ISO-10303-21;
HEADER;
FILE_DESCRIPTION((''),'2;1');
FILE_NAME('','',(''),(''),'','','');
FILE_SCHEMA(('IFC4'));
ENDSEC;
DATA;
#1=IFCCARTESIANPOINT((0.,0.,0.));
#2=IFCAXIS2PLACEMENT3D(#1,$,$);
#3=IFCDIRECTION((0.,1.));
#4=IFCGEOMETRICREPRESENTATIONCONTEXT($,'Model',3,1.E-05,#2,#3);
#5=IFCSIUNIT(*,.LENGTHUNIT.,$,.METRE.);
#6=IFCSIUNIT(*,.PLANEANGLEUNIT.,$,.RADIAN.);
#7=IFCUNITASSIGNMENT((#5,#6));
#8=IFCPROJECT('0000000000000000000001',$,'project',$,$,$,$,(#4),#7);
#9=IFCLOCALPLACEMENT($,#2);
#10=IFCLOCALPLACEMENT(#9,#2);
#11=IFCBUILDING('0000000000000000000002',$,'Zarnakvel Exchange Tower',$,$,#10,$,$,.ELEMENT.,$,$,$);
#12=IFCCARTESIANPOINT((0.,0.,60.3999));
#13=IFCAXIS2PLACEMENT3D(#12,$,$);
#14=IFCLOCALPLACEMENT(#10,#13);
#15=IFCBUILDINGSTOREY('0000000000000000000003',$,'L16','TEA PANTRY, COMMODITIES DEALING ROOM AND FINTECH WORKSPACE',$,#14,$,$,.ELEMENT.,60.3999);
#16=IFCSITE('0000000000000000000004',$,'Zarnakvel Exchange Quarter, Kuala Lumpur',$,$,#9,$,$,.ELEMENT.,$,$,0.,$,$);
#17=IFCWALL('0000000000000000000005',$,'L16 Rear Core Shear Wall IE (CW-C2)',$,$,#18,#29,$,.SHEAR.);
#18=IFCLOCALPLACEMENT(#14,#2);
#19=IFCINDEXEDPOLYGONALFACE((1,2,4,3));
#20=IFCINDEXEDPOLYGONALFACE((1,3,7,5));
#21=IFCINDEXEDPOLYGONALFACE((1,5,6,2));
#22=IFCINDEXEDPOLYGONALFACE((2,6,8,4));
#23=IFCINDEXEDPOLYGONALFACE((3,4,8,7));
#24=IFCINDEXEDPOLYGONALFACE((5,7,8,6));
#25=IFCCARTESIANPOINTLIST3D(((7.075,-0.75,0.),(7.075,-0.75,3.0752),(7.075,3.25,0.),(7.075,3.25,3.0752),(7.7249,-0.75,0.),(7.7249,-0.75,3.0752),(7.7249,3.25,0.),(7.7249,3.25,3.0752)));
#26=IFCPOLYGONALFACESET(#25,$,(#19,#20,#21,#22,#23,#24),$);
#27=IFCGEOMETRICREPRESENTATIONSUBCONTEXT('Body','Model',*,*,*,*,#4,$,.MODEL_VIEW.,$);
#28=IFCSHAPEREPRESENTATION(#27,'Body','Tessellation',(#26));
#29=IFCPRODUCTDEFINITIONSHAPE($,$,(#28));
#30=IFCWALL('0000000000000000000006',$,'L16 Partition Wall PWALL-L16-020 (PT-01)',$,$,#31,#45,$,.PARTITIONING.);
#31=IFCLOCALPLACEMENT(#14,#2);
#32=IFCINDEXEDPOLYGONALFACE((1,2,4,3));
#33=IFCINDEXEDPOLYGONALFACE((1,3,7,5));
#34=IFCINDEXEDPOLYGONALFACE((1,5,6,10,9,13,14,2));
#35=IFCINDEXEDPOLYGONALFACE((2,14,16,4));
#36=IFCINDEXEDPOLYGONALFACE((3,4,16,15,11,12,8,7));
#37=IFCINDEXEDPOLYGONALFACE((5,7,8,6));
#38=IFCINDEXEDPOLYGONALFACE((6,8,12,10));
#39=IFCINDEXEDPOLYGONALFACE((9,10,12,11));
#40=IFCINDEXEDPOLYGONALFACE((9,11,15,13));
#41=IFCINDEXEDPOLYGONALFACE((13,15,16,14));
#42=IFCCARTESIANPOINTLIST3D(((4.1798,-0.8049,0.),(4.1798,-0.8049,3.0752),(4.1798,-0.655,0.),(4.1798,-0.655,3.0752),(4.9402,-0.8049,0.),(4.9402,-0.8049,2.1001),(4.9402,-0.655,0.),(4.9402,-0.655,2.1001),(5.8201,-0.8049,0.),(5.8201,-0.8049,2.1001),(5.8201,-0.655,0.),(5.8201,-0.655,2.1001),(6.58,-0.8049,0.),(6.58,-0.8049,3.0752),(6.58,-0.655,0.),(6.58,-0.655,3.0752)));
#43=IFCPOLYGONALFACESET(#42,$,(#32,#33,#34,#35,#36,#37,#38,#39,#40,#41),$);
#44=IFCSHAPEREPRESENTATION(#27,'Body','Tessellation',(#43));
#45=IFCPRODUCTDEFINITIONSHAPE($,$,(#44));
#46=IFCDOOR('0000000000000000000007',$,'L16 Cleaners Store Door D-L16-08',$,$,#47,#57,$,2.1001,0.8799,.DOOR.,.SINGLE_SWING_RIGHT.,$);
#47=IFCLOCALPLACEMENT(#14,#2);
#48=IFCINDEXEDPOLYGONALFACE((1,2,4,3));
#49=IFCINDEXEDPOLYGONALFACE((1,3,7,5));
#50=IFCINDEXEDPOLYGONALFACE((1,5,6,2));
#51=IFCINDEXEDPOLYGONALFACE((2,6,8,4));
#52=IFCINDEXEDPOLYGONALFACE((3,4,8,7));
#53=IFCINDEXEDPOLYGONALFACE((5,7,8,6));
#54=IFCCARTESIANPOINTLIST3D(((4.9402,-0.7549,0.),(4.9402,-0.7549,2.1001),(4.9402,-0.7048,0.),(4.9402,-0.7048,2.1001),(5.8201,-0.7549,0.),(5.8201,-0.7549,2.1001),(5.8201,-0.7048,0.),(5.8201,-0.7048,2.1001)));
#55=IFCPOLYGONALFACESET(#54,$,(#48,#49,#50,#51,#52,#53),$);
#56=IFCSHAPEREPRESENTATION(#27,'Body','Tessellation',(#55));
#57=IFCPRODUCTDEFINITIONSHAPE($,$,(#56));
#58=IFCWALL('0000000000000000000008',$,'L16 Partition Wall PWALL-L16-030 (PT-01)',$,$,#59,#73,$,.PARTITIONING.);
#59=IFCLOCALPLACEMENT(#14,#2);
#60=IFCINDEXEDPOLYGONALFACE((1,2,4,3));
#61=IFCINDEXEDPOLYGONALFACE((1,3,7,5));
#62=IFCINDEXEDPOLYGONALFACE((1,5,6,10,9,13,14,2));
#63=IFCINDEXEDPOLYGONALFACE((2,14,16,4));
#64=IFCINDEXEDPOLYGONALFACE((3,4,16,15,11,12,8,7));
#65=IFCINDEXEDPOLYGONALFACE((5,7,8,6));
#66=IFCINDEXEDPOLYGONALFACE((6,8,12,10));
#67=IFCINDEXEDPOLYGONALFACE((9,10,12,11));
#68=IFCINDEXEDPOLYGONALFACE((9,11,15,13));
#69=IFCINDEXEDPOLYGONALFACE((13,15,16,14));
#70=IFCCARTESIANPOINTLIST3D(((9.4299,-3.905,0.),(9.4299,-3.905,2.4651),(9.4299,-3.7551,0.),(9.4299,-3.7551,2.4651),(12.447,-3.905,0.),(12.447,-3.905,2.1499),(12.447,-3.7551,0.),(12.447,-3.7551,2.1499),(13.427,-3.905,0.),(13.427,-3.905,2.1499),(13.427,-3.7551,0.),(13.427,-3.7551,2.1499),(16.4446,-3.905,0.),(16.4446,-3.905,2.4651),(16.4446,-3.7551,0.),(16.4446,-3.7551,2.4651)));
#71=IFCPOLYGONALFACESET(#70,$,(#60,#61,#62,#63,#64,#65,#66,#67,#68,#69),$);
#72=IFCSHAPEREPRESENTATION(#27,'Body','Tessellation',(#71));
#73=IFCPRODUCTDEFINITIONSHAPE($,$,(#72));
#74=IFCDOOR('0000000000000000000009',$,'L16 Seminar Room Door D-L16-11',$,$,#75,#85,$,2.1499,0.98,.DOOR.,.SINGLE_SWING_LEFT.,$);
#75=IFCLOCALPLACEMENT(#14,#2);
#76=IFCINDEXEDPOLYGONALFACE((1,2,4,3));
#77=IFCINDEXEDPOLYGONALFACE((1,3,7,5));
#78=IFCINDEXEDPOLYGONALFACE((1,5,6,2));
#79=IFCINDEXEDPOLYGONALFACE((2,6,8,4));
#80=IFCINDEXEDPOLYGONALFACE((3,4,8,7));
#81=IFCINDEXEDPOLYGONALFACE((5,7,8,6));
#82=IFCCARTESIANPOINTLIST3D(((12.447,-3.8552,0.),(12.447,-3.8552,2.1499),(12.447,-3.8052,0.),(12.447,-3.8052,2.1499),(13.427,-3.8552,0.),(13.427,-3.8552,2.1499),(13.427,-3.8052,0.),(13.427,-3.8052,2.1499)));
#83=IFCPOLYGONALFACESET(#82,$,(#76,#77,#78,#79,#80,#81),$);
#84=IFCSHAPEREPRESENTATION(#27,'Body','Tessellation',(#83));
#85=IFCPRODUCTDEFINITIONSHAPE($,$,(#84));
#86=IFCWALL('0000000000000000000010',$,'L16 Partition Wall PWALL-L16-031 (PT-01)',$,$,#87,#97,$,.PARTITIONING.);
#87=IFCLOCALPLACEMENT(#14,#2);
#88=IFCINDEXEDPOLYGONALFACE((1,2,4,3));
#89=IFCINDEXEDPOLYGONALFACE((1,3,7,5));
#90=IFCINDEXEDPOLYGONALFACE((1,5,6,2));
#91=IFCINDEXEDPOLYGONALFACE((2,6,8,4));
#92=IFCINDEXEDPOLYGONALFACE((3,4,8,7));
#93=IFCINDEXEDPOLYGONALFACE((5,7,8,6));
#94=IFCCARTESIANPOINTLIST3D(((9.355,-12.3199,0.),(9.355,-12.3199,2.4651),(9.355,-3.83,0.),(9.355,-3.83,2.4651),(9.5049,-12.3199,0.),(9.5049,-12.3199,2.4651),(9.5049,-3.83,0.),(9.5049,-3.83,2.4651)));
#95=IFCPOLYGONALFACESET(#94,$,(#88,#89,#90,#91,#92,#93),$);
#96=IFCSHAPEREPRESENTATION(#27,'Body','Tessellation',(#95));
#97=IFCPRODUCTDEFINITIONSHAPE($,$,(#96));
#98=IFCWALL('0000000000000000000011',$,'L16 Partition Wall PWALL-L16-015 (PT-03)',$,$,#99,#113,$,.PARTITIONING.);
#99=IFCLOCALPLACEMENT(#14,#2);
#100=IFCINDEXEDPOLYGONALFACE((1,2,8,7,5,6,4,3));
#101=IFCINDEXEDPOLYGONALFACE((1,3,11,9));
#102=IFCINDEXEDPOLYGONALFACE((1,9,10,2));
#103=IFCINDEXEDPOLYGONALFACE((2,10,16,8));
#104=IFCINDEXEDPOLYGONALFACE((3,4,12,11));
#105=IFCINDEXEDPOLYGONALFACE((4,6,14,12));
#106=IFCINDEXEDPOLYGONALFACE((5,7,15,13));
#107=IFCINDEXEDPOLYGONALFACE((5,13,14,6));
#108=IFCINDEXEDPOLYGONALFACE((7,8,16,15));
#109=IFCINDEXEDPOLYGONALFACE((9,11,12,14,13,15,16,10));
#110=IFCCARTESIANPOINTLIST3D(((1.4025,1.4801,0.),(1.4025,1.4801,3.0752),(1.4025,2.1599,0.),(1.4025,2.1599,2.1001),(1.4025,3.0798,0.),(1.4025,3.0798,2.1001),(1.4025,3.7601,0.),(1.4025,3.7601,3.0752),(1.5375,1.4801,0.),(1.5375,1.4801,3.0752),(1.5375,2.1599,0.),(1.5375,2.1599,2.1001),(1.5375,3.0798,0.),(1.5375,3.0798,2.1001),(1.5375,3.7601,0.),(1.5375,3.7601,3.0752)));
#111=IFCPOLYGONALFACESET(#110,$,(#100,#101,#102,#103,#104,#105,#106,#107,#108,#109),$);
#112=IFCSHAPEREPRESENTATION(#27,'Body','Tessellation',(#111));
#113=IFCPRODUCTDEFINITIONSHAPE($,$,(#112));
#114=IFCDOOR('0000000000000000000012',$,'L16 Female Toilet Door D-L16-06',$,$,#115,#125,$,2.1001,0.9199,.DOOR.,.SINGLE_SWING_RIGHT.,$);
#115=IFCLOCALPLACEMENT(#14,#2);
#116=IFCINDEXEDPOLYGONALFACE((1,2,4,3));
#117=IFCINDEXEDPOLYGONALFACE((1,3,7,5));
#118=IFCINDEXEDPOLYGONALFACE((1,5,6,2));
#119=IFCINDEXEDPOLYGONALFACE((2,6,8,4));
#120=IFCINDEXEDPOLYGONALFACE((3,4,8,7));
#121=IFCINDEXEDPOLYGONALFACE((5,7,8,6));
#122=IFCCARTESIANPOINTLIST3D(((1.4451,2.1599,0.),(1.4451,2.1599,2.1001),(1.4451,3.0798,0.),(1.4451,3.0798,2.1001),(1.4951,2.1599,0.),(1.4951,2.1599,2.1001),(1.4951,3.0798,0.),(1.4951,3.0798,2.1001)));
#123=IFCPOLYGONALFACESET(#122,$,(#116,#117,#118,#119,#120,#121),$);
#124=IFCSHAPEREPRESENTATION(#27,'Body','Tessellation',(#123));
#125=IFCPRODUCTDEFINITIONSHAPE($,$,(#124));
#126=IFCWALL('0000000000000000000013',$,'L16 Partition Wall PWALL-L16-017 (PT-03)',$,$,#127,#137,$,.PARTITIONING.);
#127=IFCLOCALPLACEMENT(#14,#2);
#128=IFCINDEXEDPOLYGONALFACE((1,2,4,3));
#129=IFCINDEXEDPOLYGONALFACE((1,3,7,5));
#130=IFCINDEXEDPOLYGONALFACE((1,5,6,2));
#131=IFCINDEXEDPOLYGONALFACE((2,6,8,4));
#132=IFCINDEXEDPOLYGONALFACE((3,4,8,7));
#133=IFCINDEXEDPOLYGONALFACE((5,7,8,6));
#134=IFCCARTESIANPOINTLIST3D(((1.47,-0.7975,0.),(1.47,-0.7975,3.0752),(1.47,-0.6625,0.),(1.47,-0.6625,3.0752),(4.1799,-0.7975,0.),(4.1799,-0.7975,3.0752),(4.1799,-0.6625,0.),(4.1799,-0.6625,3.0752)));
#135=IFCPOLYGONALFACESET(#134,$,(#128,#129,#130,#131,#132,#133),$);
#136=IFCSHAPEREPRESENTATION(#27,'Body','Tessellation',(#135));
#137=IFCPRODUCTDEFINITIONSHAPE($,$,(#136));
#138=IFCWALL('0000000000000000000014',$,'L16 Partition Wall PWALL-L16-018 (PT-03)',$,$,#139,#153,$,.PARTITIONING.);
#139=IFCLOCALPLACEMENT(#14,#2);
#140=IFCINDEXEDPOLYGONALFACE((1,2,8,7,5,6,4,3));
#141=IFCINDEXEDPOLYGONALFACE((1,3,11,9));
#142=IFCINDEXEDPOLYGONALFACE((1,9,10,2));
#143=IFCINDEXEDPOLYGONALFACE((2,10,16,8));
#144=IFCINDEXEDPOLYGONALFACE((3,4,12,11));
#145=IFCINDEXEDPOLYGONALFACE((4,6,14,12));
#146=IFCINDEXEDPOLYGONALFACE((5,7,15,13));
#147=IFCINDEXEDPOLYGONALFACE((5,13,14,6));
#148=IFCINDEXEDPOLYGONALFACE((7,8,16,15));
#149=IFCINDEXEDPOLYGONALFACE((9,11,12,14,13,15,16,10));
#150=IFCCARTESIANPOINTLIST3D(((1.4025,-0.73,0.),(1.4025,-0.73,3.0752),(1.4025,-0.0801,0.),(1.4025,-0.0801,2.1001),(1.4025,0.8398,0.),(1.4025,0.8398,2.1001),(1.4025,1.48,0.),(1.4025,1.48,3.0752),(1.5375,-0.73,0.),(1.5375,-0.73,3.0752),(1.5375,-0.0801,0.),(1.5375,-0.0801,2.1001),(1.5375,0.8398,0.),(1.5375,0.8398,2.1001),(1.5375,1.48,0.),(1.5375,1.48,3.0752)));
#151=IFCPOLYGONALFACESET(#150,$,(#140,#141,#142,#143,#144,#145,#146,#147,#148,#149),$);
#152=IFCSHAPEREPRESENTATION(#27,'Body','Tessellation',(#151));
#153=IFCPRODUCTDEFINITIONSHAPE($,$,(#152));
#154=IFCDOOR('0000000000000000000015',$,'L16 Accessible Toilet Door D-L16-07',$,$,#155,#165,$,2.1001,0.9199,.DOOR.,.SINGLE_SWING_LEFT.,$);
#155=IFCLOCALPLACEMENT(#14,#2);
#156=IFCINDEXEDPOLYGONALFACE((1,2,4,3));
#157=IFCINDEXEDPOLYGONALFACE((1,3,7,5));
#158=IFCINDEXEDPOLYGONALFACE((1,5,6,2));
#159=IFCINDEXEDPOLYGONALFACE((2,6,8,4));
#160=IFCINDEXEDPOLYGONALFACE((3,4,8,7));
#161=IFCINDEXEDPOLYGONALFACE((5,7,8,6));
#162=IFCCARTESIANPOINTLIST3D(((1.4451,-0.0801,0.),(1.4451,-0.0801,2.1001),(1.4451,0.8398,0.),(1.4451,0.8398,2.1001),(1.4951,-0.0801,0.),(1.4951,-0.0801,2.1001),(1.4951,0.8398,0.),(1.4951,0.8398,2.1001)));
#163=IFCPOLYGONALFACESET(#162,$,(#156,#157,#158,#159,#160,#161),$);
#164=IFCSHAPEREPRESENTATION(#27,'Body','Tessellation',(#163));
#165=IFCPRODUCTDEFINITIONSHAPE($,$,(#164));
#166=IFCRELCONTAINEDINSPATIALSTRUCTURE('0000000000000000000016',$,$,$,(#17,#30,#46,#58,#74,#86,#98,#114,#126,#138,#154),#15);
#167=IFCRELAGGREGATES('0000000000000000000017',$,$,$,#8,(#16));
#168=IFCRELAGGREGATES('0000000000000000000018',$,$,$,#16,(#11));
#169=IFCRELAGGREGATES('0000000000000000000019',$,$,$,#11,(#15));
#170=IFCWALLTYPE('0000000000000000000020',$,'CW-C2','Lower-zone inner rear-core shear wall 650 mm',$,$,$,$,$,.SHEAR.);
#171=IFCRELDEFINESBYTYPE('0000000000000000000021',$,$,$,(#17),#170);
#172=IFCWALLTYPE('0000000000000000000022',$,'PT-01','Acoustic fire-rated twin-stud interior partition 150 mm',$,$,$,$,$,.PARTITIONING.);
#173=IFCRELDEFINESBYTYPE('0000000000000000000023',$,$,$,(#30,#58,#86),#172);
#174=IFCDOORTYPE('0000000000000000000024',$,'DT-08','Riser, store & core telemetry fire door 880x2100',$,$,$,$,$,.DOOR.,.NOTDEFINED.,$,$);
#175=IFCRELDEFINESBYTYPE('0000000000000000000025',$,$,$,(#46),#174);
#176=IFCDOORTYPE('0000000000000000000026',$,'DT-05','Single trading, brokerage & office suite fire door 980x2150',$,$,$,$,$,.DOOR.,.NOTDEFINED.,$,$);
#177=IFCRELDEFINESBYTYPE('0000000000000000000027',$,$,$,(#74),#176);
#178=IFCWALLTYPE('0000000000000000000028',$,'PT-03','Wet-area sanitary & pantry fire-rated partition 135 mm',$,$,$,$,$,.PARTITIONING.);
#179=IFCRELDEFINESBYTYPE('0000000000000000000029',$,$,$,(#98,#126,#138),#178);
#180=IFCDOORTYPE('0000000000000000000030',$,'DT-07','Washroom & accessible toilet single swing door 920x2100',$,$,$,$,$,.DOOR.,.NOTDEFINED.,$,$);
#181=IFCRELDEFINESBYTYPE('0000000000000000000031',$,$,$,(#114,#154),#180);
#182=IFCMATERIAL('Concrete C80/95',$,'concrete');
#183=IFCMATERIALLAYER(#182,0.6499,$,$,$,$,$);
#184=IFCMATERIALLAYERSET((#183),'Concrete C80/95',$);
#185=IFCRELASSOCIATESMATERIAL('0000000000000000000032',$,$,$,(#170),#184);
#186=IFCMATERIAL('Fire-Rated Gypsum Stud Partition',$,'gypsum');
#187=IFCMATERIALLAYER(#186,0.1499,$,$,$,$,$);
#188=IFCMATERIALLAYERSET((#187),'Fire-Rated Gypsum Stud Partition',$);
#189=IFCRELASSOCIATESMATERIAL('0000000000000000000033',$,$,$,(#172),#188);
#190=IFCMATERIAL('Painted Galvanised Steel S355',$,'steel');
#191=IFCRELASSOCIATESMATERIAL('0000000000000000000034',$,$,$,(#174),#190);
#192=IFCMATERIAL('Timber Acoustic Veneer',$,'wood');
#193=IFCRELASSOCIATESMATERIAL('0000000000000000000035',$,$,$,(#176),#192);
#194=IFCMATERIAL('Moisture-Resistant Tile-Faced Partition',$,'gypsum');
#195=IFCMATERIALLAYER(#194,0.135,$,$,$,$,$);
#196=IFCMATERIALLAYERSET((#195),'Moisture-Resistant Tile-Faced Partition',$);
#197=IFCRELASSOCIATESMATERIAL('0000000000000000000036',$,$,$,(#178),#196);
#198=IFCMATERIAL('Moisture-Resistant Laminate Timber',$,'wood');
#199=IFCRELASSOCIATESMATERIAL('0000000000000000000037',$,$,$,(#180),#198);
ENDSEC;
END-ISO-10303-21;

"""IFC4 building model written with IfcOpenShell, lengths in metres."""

from ifc_helpers import new_model, si_unit, direction, frame, frame_2d, origin, place, context, subcontext, project, spatial, rectangle, extrude, source, transform, mapped, material, layer, layer_set, type_object, element, fill, save


model = new_model("IFC4")

# Units and contexts
model_context = context("Model", 3, precision=1e-05, world=origin(), true_north=direction((0.0, 1.0)))
body_context = subcontext(model_context, "Body", "Model", "MODEL_VIEW")
ifc_project = project(units=[si_unit("LENGTHUNIT", "METRE"), si_unit("PLANEANGLEUNIT", "RADIAN")], contexts=[model_context])

# Site, building, storey
site_placement = place(None, origin())
site = spatial("IfcSite", under=ifc_project, at=site_placement, Name="Zarnakvel Exchange Quarter, Kuala Lumpur", CompositionType="ELEMENT", RefElevation=0.0)
building_placement = place(site_placement, origin())
building = spatial("IfcBuilding", under=site, at=building_placement, Name="Zarnakvel Exchange Tower", CompositionType="ELEMENT")
storey_placement = place(building_placement, frame((0.0, 0.0, 60.3999)))
storey = spatial("IfcBuildingStorey", under=building, at=storey_placement, Name="L16", Description="TEA PANTRY, COMMODITIES DEALING ROOM AND FINTECH WORKSPACE", CompositionType="ELEMENT", Elevation=60.3999)

# Shared definitions
ifc_material_1 = material(Name="Concrete C80/95", Category="concrete")

# Shared definitions
ifc_material_2 = material(Name="Painted Galvanised Steel S355", Category="steel")

# Wall
ifc_layer_1 = layer(ifc_material_1, 0.6499)
ifc_layer_set_1 = layer_set([ifc_layer_1], Name="Concrete C80/95")
wall_type_1 = type_object("IfcWallType", Name="CW-C2", Description="Lower-zone inner rear-core shear wall 650 mm", PredefinedType="SHEAR", material=ifc_layer_set_1)
wall_1_placement = place(storey_placement, frame((7.3999, -0.75, 0.0), z_axis=(0.0, 0.0, 1.0), x_axis=(0.0, 1.0, 0.0)))
element("IfcWall", 1, at=wall_1_placement, inside=storey, type_object=wall_type_1, Name="L16 Rear Core Shear Wall IE (CW-C2)", PredefinedType="SHEAR", context=body_context, shape_type="SweptSolid", body=[
    extrude(rectangle(XDim=4.0, YDim=0.6499, at=frame_2d((2.0, 0.0))), origin(), (0.0, 0.0, 1.0), 3.0752),
])

# Walls, openings, doors
ifc_material_3 = material(Name="Fire-Rated Gypsum Stud Partition", Category="gypsum")
ifc_layer_2 = layer(ifc_material_3, 0.1499)
ifc_layer_set_2 = layer_set([ifc_layer_2], Name="Fire-Rated Gypsum Stud Partition")
wall_type_2 = type_object("IfcWallType", Name="PT-01", Description="Acoustic fire-rated twin-stud interior partition 150 mm", PredefinedType="PARTITIONING", material=ifc_layer_set_2)
wall_2_placement = place(storey_placement, frame((6.5801, -0.73, 0.0), z_axis=(0.0, 0.0, 1.0), x_axis=(-1.0, 0.0, 0.0)))
wall_2 = element("IfcWall", 2, at=wall_2_placement, inside=storey, type_object=wall_type_2, Name="L16 Partition Wall PWALL-L16-020 (PT-01)", PredefinedType="PARTITIONING", context=body_context, shape_type="SweptSolid", body=[
    extrude(rectangle(XDim=2.4001, YDim=0.1499, at=frame_2d((1.2002, 0.0))), origin(), (0.0, 0.0, 1.0), 3.0752),
])
opening_1_placement = place(wall_2_placement, frame((0.76, 0.0, 0.0)))
opening_1 = element("IfcOpeningElement", 3, at=opening_1_placement, cuts=wall_2, PredefinedType="OPENING", context=body_context, shape_type="SweptSolid", body=[
    extrude(rectangle(XDim=0.8799, YDim=2.1001, at=frame_2d((0.4399, 1.05))), frame((0.0, 0.085, 0.0), z_axis=(0.0, -1.0, 0.0), x_axis=(1.0, 0.0, 0.0)), (0.0, 0.0, 1.0), 0.1699),
])
door_type_1 = type_object("IfcDoorType", Name="DT-08", Description="Riser, store & core telemetry fire door 880x2100", OperationType="NOTDEFINED", PredefinedType="DOOR", material=ifc_material_2)
shared_shape_1 = source(origin(), body_context, "Body", "SweptSolid", [
    extrude(rectangle(XDim=0.8799, YDim=2.1001, at=frame_2d((0.4399, 1.05))), frame((0.0, 0.0249, 0.0), z_axis=(0.0, -1.0, 0.0), x_axis=(1.0, 0.0, 0.0)), (0.0, 0.0, 1.0), 0.05),
])
door_1_placement = place(opening_1_placement, origin())
door_1 = element("IfcDoor", 4, at=door_1_placement, inside=storey, type_object=door_type_1, Name="L16 Cleaners Store Door D-L16-08", OperationType="SINGLE_SWING_RIGHT", OverallHeight=2.1001, OverallWidth=0.8799, PredefinedType="DOOR", context=body_context, shape_type="MappedRepresentation", body=[
    mapped(shared_shape_1, transform((0.0, 0.0, 0.0), x_axis=(1.0, 0.0, 0.0), y_axis=(0.0, 1.0, 0.0), z_axis=(0.0, 0.0, 1.0), scale=1.0)),
])
fill(opening_1, door_1)
wall_3_placement = place(storey_placement, frame((9.4299, -3.8301, 0.0), z_axis=(0.0, 0.0, 1.0), x_axis=(1.0, 0.0, 0.0)))
wall_3 = element("IfcWall", 5, at=wall_3_placement, inside=storey, type_object=wall_type_2, Name="L16 Partition Wall PWALL-L16-030 (PT-01)", PredefinedType="PARTITIONING", context=body_context, shape_type="SweptSolid", body=[
    extrude(rectangle(XDim=7.0146, YDim=0.1499, at=frame_2d((3.5073, 0.0))), origin(), (0.0, 0.0, 1.0), 2.4651),
])
opening_2_placement = place(wall_3_placement, frame((3.0171, 0.0, 0.0)))
opening_2 = element("IfcOpeningElement", 6, at=opening_2_placement, cuts=wall_3, PredefinedType="OPENING", context=body_context, shape_type="SweptSolid", body=[
    extrude(rectangle(XDim=0.98, YDim=2.1499, at=frame_2d((0.49, 1.075))), frame((0.0, 0.085, 0.0), z_axis=(0.0, -1.0, 0.0), x_axis=(1.0, 0.0, 0.0)), (0.0, 0.0, 1.0), 0.1699),
])
ifc_material_4 = material(Name="Timber Acoustic Veneer", Category="wood")
door_type_2 = type_object("IfcDoorType", Name="DT-05", Description="Single trading, brokerage & office suite fire door 980x2150", OperationType="NOTDEFINED", PredefinedType="DOOR", material=ifc_material_4)
shared_shape_2 = source(origin(), body_context, "Body", "SweptSolid", [
    extrude(rectangle(XDim=0.98, YDim=2.1499, at=frame_2d((0.49, 1.075))), frame((0.0, 0.0249, 0.0), z_axis=(0.0, -1.0, 0.0), x_axis=(1.0, 0.0, 0.0)), (0.0, 0.0, 1.0), 0.05),
])
door_2_placement = place(opening_2_placement, origin())
door_2 = element("IfcDoor", 7, at=door_2_placement, inside=storey, type_object=door_type_2, Name="L16 Seminar Room Door D-L16-11", OperationType="SINGLE_SWING_LEFT", OverallHeight=2.1499, OverallWidth=0.98, PredefinedType="DOOR", context=body_context, shape_type="MappedRepresentation", body=[
    mapped(shared_shape_2, transform((0.0, 0.0, 0.0), x_axis=(1.0, 0.0, 0.0), y_axis=(0.0, 1.0, 0.0), z_axis=(0.0, 0.0, 1.0), scale=1.0)),
])
fill(opening_2, door_2)

# Wall
wall_4_placement = place(storey_placement, frame((9.4299, -12.3201, 0.0), z_axis=(0.0, 0.0, 1.0), x_axis=(0.0, 1.0, 0.0)))
element("IfcWall", 8, at=wall_4_placement, inside=storey, type_object=wall_type_2, Name="L16 Partition Wall PWALL-L16-031 (PT-01)", PredefinedType="PARTITIONING", context=body_context, shape_type="SweptSolid", body=[
    extrude(rectangle(XDim=8.49, YDim=0.1499, at=frame_2d((4.2451, 0.0))), origin(), (0.0, 0.0, 1.0), 2.4651),
])

# Wall, opening, door
ifc_material_5 = material(Name="Moisture-Resistant Tile-Faced Partition", Category="gypsum")
ifc_layer_3 = layer(ifc_material_5, 0.135)
ifc_layer_set_3 = layer_set([ifc_layer_3], Name="Moisture-Resistant Tile-Faced Partition")
wall_type_3 = type_object("IfcWallType", Name="PT-03", Description="Wet-area sanitary & pantry fire-rated partition 135 mm", PredefinedType="PARTITIONING", material=ifc_layer_set_3)
wall_5_placement = place(storey_placement, frame((1.47, 1.48, 0.0), z_axis=(0.0, 0.0, 1.0), x_axis=(0.0, 1.0, 0.0)))
wall_5 = element("IfcWall", 9, at=wall_5_placement, inside=storey, type_object=wall_type_3, Name="L16 Partition Wall PWALL-L16-015 (PT-03)", PredefinedType="PARTITIONING", context=body_context, shape_type="SweptSolid", body=[
    extrude(rectangle(XDim=2.28, YDim=0.135, at=frame_2d((1.1401, 0.0))), origin(), (0.0, 0.0, 1.0), 3.0752),
])
opening_3_placement = place(wall_5_placement, frame((0.6799, 0.0, 0.0)))
opening_3 = element("IfcOpeningElement", 10, at=opening_3_placement, cuts=wall_5, PredefinedType="OPENING", context=body_context, shape_type="SweptSolid", body=[
    extrude(rectangle(XDim=0.9199, YDim=2.1001, at=frame_2d((0.46, 1.05))), frame((0.0, 0.0774, 0.0), z_axis=(0.0, -1.0, 0.0), x_axis=(1.0, 0.0, 0.0)), (0.0, 0.0, 1.0), 0.155),
])
ifc_material_6 = material(Name="Moisture-Resistant Laminate Timber", Category="wood")
door_type_3 = type_object("IfcDoorType", Name="DT-07", Description="Washroom & accessible toilet single swing door 920x2100", OperationType="NOTDEFINED", PredefinedType="DOOR", material=ifc_material_6)
shared_shape_3 = source(origin(), body_context, "Body", "SweptSolid", [
    extrude(rectangle(XDim=0.9199, YDim=2.1001, at=frame_2d((0.46, 1.05))), frame((0.0, 0.0249, 0.0), z_axis=(0.0, -1.0, 0.0), x_axis=(1.0, 0.0, 0.0)), (0.0, 0.0, 1.0), 0.05),
])
door_3_placement = place(opening_3_placement, origin())
door_3 = element("IfcDoor", 11, at=door_3_placement, inside=storey, type_object=door_type_3, Name="L16 Female Toilet Door D-L16-06", OperationType="SINGLE_SWING_RIGHT", OverallHeight=2.1001, OverallWidth=0.9199, PredefinedType="DOOR", context=body_context, shape_type="MappedRepresentation", body=[
    mapped(shared_shape_3, transform((0.0, 0.0, 0.0), x_axis=(1.0, 0.0, 0.0), y_axis=(0.0, 1.0, 0.0), z_axis=(0.0, 0.0, 1.0), scale=1.0)),
])
fill(opening_3, door_3)

# Wall
wall_6_placement = place(storey_placement, frame((4.1799, -0.73, 0.0), z_axis=(0.0, 0.0, 1.0), x_axis=(-1.0, 0.0, 0.0)))
element("IfcWall", 12, at=wall_6_placement, inside=storey, type_object=wall_type_3, Name="L16 Partition Wall PWALL-L16-017 (PT-03)", PredefinedType="PARTITIONING", context=body_context, shape_type="SweptSolid", body=[
    extrude(rectangle(XDim=2.71, YDim=0.135, at=frame_2d((1.355, 0.0))), origin(), (0.0, 0.0, 1.0), 3.0752),
])

# Wall, opening, door
wall_7_placement = place(storey_placement, frame((1.47, -0.73, 0.0), z_axis=(0.0, 0.0, 1.0), x_axis=(0.0, 1.0, 0.0)))
wall_7 = element("IfcWall", 13, at=wall_7_placement, inside=storey, type_object=wall_type_3, Name="L16 Partition Wall PWALL-L16-018 (PT-03)", PredefinedType="PARTITIONING", context=body_context, shape_type="SweptSolid", body=[
    extrude(rectangle(XDim=2.21, YDim=0.135, at=frame_2d((1.105, 0.0))), origin(), (0.0, 0.0, 1.0), 3.0752),
])
opening_4_placement = place(wall_7_placement, frame((0.6499, 0.0, 0.0)))
opening_4 = element("IfcOpeningElement", 14, at=opening_4_placement, cuts=wall_7, PredefinedType="OPENING", context=body_context, shape_type="SweptSolid", body=[
    extrude(rectangle(XDim=0.9199, YDim=2.1001, at=frame_2d((0.46, 1.05))), frame((0.0, 0.0774, 0.0), z_axis=(0.0, -1.0, 0.0), x_axis=(1.0, 0.0, 0.0)), (0.0, 0.0, 1.0), 0.155),
])
door_4_placement = place(opening_4_placement, origin())
door_4 = element("IfcDoor", 15, at=door_4_placement, inside=storey, type_object=door_type_3, Name="L16 Accessible Toilet Door D-L16-07", OperationType="SINGLE_SWING_LEFT", OverallHeight=2.1001, OverallWidth=0.9199, PredefinedType="DOOR", context=body_context, shape_type="MappedRepresentation", body=[
    mapped(shared_shape_3, transform((0.0, 0.0, 0.0), x_axis=(1.0, 0.0, 0.0), y_axis=(0.0, 1.0, 0.0), z_axis=(0.0, 0.0, 1.0), scale=1.0)),
])
fill(opening_4, door_4)

save(model, "model.ifc")
